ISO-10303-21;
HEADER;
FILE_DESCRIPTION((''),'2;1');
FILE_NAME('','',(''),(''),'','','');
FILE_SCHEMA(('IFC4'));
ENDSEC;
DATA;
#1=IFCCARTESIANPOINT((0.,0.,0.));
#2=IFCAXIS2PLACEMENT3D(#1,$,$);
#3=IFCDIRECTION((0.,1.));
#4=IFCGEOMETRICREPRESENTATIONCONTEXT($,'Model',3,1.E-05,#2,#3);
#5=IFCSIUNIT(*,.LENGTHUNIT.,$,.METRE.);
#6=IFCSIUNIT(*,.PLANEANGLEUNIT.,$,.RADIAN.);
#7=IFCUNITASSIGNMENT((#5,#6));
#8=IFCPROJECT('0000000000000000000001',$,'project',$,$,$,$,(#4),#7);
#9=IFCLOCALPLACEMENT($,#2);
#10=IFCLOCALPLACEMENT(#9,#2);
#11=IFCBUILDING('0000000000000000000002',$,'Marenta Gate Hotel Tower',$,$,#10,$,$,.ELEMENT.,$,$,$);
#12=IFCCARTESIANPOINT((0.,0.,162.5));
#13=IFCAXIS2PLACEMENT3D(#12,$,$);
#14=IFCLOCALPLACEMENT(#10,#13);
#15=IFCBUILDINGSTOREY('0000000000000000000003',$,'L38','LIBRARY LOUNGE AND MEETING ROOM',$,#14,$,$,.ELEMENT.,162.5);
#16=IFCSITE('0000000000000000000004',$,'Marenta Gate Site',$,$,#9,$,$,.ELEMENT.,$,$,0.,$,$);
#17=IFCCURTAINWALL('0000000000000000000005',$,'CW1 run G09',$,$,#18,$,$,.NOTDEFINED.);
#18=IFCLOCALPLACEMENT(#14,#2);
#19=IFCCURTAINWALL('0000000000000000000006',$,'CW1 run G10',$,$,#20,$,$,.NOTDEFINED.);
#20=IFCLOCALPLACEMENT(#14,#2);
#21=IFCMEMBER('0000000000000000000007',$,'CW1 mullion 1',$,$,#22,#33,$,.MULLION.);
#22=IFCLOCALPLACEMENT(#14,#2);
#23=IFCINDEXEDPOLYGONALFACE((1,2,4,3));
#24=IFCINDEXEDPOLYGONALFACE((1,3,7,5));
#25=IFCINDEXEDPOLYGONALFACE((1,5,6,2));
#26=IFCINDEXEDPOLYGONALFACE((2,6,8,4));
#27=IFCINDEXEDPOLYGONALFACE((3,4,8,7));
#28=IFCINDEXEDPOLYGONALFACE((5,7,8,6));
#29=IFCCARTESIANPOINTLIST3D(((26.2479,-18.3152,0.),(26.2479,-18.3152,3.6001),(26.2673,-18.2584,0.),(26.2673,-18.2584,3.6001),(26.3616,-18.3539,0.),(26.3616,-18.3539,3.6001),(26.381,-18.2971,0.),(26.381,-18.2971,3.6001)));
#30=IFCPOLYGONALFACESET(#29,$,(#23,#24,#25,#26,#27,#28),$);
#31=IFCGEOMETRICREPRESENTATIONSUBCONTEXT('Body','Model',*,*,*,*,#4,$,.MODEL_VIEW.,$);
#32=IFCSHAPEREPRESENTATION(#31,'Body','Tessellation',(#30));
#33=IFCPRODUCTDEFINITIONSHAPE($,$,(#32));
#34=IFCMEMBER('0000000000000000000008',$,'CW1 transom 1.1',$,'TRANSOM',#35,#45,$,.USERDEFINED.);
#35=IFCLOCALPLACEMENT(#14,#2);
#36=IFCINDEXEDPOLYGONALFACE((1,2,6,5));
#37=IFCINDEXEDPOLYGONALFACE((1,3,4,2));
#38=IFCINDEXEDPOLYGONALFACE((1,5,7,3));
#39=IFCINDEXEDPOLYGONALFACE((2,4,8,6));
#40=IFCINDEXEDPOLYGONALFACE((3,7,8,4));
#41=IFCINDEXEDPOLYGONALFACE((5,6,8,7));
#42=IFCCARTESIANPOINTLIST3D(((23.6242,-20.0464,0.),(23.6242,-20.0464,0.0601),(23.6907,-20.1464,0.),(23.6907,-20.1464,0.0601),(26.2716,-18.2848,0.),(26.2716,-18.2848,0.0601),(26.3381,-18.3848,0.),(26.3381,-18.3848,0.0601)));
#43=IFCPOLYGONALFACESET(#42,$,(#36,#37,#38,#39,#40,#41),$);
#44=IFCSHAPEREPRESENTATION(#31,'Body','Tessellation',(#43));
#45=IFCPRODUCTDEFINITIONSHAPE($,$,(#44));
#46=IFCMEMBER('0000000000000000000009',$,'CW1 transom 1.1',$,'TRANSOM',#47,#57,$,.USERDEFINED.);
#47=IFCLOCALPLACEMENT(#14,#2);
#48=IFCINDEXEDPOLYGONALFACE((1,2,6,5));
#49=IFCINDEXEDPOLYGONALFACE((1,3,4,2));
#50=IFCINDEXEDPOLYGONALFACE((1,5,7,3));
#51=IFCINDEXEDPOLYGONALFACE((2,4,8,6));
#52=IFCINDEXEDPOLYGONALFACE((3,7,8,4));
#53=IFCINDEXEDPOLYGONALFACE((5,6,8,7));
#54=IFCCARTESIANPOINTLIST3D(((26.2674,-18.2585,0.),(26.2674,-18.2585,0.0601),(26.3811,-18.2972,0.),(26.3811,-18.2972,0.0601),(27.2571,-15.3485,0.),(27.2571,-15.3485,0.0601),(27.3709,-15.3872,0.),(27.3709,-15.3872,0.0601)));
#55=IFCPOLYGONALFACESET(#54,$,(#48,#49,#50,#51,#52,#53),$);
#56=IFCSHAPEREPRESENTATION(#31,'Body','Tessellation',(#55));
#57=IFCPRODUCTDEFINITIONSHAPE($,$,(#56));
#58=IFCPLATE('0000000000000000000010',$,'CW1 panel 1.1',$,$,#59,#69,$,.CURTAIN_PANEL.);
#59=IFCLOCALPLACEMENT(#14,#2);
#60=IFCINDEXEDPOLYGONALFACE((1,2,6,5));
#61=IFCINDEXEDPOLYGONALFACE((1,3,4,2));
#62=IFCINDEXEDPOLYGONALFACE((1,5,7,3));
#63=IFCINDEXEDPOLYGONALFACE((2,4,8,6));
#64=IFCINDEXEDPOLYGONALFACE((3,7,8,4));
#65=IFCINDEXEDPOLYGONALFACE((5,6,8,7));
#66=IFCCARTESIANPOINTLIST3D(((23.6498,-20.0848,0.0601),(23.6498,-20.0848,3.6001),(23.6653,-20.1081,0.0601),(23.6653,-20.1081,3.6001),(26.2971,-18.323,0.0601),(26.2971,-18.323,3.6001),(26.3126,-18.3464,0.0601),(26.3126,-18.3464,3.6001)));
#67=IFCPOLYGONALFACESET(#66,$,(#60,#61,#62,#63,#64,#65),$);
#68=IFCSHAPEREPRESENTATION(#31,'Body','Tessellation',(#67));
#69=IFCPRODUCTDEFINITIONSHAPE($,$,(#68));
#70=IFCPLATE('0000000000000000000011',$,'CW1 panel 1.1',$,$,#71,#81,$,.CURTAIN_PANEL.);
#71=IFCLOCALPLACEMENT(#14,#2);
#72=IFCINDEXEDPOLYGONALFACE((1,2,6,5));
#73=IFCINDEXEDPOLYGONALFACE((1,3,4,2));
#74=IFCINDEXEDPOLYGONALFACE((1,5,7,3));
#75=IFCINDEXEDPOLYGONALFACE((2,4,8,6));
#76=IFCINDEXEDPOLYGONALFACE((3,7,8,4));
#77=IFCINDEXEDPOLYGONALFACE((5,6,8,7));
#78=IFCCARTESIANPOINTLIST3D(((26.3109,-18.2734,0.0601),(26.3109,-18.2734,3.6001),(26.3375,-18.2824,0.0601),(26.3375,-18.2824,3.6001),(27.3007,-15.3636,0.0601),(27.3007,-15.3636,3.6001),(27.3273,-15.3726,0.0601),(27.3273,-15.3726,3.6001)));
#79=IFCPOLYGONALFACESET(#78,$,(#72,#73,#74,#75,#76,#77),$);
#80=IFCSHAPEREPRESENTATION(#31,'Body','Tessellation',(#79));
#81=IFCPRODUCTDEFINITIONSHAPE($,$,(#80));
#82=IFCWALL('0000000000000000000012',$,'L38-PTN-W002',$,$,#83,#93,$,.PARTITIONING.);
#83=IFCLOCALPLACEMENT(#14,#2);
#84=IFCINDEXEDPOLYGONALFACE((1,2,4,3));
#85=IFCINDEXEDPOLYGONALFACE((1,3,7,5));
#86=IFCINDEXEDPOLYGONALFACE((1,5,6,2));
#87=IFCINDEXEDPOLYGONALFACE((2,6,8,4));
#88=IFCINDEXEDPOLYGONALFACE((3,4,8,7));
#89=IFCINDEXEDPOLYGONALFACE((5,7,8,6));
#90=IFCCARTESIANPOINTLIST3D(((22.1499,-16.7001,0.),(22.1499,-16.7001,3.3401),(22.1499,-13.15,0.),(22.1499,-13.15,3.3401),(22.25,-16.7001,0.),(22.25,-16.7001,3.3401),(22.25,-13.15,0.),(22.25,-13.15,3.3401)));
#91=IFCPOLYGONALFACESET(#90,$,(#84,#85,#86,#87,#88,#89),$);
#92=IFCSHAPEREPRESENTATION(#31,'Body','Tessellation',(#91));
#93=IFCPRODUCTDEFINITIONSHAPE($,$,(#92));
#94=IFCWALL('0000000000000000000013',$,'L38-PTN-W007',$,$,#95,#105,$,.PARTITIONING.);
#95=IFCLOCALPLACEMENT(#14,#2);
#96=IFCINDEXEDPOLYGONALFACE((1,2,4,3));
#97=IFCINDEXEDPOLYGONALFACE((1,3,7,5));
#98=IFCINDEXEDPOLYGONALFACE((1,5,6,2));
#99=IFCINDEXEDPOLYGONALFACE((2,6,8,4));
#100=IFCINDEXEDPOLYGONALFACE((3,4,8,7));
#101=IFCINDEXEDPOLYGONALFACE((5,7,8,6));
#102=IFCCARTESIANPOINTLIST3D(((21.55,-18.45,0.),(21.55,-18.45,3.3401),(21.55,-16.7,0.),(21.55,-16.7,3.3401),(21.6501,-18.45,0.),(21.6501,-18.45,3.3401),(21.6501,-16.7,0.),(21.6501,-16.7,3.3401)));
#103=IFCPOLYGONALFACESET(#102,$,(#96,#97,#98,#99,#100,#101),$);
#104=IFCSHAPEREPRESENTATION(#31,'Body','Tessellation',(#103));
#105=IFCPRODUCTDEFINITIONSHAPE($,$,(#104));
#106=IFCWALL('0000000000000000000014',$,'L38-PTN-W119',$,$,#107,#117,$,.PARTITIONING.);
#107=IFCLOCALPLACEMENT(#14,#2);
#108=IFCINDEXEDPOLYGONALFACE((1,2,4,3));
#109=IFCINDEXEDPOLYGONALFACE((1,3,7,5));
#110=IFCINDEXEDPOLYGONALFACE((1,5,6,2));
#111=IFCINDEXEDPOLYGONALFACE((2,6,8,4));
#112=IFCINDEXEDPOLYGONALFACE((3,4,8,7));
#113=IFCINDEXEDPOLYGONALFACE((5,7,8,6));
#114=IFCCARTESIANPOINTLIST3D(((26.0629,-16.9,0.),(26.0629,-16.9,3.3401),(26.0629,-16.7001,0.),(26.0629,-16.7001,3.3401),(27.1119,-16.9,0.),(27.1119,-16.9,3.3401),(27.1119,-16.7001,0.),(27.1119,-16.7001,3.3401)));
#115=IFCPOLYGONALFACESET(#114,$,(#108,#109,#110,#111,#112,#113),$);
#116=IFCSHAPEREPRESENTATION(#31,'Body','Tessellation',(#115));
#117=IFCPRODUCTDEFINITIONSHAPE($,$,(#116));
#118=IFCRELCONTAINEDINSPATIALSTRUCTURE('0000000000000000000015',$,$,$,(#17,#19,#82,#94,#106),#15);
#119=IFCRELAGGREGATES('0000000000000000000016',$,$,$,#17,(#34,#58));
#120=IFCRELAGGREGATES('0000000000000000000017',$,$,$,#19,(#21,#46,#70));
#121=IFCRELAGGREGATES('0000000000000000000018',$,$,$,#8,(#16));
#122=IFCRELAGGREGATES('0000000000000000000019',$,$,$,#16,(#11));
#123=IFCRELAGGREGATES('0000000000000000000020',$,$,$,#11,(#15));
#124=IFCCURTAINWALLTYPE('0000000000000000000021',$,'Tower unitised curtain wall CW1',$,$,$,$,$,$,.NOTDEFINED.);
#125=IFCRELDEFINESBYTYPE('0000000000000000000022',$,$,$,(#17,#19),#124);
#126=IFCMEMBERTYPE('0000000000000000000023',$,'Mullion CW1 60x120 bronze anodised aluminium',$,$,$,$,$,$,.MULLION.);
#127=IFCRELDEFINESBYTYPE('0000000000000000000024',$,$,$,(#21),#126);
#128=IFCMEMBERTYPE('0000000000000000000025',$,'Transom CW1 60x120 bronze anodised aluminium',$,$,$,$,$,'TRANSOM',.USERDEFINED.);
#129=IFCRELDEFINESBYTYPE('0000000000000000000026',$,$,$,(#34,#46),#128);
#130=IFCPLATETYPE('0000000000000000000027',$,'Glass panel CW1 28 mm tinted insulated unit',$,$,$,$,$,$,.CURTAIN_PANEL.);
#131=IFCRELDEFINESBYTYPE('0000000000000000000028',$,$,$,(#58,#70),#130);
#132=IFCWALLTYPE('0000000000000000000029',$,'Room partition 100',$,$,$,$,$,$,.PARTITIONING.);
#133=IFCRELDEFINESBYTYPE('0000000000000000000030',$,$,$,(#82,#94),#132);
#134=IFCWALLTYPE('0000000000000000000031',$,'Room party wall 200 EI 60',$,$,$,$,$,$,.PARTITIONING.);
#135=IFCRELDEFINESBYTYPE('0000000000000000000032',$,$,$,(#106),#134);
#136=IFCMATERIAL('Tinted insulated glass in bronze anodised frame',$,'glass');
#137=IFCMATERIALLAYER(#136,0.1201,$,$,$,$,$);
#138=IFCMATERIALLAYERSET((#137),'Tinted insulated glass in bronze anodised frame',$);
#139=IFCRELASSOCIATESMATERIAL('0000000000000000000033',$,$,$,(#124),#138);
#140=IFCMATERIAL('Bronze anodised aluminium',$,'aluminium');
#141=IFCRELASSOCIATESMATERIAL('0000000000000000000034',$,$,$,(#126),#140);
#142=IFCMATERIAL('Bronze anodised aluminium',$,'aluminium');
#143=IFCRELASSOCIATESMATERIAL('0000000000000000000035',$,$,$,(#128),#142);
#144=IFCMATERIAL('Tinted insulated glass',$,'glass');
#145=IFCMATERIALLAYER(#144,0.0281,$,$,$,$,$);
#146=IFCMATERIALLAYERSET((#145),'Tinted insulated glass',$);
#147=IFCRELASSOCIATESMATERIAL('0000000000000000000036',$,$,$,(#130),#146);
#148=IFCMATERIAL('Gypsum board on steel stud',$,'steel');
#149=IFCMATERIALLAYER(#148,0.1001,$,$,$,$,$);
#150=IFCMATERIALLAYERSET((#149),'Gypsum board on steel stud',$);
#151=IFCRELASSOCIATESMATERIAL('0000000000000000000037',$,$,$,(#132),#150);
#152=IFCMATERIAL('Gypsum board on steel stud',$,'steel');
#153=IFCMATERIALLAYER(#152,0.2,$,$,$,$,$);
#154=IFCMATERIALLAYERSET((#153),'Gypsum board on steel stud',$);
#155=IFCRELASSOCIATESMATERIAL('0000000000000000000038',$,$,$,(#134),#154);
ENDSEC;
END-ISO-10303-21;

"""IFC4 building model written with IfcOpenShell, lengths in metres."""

from ifc_helpers import new_model, si_unit, direction, frame, frame_2d, origin, origin_2d, place, context, subcontext, project, spatial, rectangle, extrude, material, layer, layer_set, material_profile, profile_set, type_object, element, aggregate, save


model = new_model("IFC4")

# Units and contexts
model_context = context("Model", 3, precision=1e-05, world=origin(), true_north=direction((0.0, 1.0)))
body_context = subcontext(model_context, "Body", "Model", "MODEL_VIEW")
ifc_project = project(units=[si_unit("LENGTHUNIT", "METRE"), si_unit("PLANEANGLEUNIT", "RADIAN")], contexts=[model_context])

# Site, building, storey
site_placement = place(None, origin())
site = spatial("IfcSite", under=ifc_project, at=site_placement, Name="Marenta Gate Site", CompositionType="ELEMENT", RefElevation=0.0)
building_placement = place(site_placement, origin())
building = spatial("IfcBuilding", under=site, at=building_placement, Name="Marenta Gate Hotel Tower", CompositionType="ELEMENT")
storey_placement = place(building_placement, frame((0.0, 0.0, 162.5)))
storey = spatial("IfcBuildingStorey", under=building, at=storey_placement, Name="L38", Description="LIBRARY LOUNGE AND MEETING ROOM", CompositionType="ELEMENT", Elevation=162.5)

# Curtain walls, member
ifc_material_1 = material(Name="Tinted insulated glass in bronze anodised frame", Category="glass")
ifc_layer_1 = layer(ifc_material_1, 0.1201)
ifc_layer_set_1 = layer_set([ifc_layer_1], Name="Tinted insulated glass in bronze anodised frame")
curtain_wall_type = type_object("IfcCurtainWallType", Name="Tower unitised curtain wall CW1", PredefinedType="NOTDEFINED", material=ifc_layer_set_1)
curtain_wall_1_placement = place(storey_placement, origin())
curtain_wall_1 = element("IfcCurtainWall", 1, at=curtain_wall_1_placement, inside=storey, type_object=curtain_wall_type, Name="CW1 run G09", PredefinedType="NOTDEFINED")
ifc_material_2 = material(Name="Bronze anodised aluminium", Category="aluminium")
ifc_material_profile_1 = material_profile(ifc_material_2, rectangle(XDim=0.1201, YDim=0.0601, at=origin_2d()), Name="Mullion CW1 60x120 bronze anodised aluminium")
ifc_profile_set_1 = profile_set([ifc_material_profile_1], Name="Bronze anodised aluminium")
member_type_1 = type_object("IfcMemberType", Name="Mullion CW1 60x120 bronze anodised aluminium", PredefinedType="MULLION", material=ifc_profile_set_1)
curtain_wall_2_placement = place(storey_placement, origin())
curtain_wall_2 = element("IfcCurtainWall", 2, at=curtain_wall_2_placement, inside=storey, type_object=curtain_wall_type, Name="CW1 run G10", PredefinedType="NOTDEFINED")
member_1_placement = place(storey_placement, frame((26.3145, -18.3062, 0.0), z_axis=(0.0, 0.0, 1.0), x_axis=(-0.946728, 0.322033, 0.0)))
member_1 = element("IfcMember", 3, at=member_1_placement, type_object=member_type_1, Name="CW1 mullion 1", PredefinedType="MULLION", context=body_context, shape_type="SweptSolid", body=[
    extrude(rectangle(XDim=0.1201, YDim=0.0601, at=origin_2d()), origin(), (0.0, 0.0, 1.0), 3.6001),
])

# Members
ifc_material_3 = material(Name="Bronze anodised aluminium", Category="aluminium")
ifc_material_profile_2 = material_profile(ifc_material_3, rectangle(XDim=0.1201, YDim=0.0601, at=origin_2d()), Name="Transom CW1 60x120 bronze anodised aluminium")
ifc_profile_set_2 = profile_set([ifc_material_profile_2], Name="Bronze anodised aluminium")
member_type_2 = type_object("IfcMemberType", Name="Transom CW1 60x120 bronze anodised aluminium", ElementType="TRANSOM", PredefinedType="USERDEFINED", material=ifc_profile_set_2)
member_2_placement = place(storey_placement, frame((23.6575, -20.0964, 0.03), z_axis=(0.832522, 0.553991, 0.0), x_axis=(-0.553991, 0.832522, 0.0)))
member_2 = element("IfcMember", 4, at=member_2_placement, type_object=member_type_2, Name="CW1 transom 1.1", ObjectType="TRANSOM", PredefinedType="USERDEFINED", context=body_context, shape_type="SweptSolid", body=[
    extrude(rectangle(XDim=0.1201, YDim=0.0601, at=origin_2d()), origin(), (0.0, 0.0, 1.0), 3.1799),
])
member_3_placement = place(storey_placement, frame((26.3242, -18.2778, 0.03), z_axis=(0.322012, 0.946735, 0.0), x_axis=(-0.946735, 0.322012, 0.0)))
member_3 = element("IfcMember", 5, at=member_3_placement, type_object=member_type_2, Name="CW1 transom 1.1", ObjectType="TRANSOM", PredefinedType="USERDEFINED", context=body_context, shape_type="SweptSolid", body=[
    extrude(rectangle(XDim=0.1201, YDim=0.0601, at=origin_2d()), origin(), (0.0, 0.0, 1.0), 3.0737),
])

# Plates
ifc_material_4 = material(Name="Tinted insulated glass", Category="glass")
ifc_layer_2 = layer(ifc_material_4, 0.0281)
ifc_layer_set_2 = layer_set([ifc_layer_2], Name="Tinted insulated glass")
plate_type = type_object("IfcPlateType", Name="Glass panel CW1 28 mm tinted insulated unit", PredefinedType="CURTAIN_PANEL", material=ifc_layer_set_2)
plate_1_placement = place(storey_placement, frame((24.9812, -19.2156, 0.0601), z_axis=(0.0, 0.0, 1.0), x_axis=(0.832506, 0.554016, 0.0)))
plate_1 = element("IfcPlate", 6, at=plate_1_placement, type_object=plate_type, Name="CW1 panel 1.1", PredefinedType="CURTAIN_PANEL", context=body_context, shape_type="SweptSolid", body=[
    extrude(rectangle(XDim=3.1799, YDim=0.0281, at=origin_2d()), origin(), (0.0, 0.0, 1.0), 3.54),
])
aggregate(curtain_wall_1, [member_2, plate_1])
plate_2_placement = place(storey_placement, frame((26.8191, -16.823, 0.0601), z_axis=(0.0, 0.0, 1.0), x_axis=(0.322033, 0.946728, 0.0)))
plate_2 = element("IfcPlate", 7, at=plate_2_placement, type_object=plate_type, Name="CW1 panel 1.1", PredefinedType="CURTAIN_PANEL", context=body_context, shape_type="SweptSolid", body=[
    extrude(rectangle(XDim=3.0735, YDim=0.0281, at=origin_2d()), origin(), (0.0, 0.0, 1.0), 3.54),
])
aggregate(curtain_wall_2, [member_1, member_3, plate_2])

# Walls
ifc_material_5 = material(Name="Gypsum board on steel stud", Category="steel")
ifc_layer_3 = layer(ifc_material_5, 0.1001)
ifc_layer_set_3 = layer_set([ifc_layer_3], Name="Gypsum board on steel stud")
wall_type_1 = type_object("IfcWallType", Name="Room partition 100", PredefinedType="PARTITIONING", material=ifc_layer_set_3)
wall_1_placement = place(storey_placement, frame((22.2, -16.7, 0.0), z_axis=(0.0, 0.0, 1.0), x_axis=(0.0, 1.0, 0.0)))
element("IfcWall", 8, at=wall_1_placement, inside=storey, type_object=wall_type_1, Name="L38-PTN-W002", PredefinedType="PARTITIONING", context=body_context, shape_type="SweptSolid", body=[
    extrude(rectangle(XDim=3.55, YDim=0.1001, at=frame_2d((1.7749, 0.0))), origin(), (0.0, 0.0, 1.0), 3.3401),
])
wall_2_placement = place(storey_placement, frame((21.6001, -18.45, 0.0), z_axis=(0.0, 0.0, 1.0), x_axis=(0.0, 1.0, 0.0)))
element("IfcWall", 9, at=wall_2_placement, inside=storey, type_object=wall_type_1, Name="L38-PTN-W007", PredefinedType="PARTITIONING", context=body_context, shape_type="SweptSolid", body=[
    extrude(rectangle(XDim=1.75, YDim=0.1001, at=frame_2d((0.875, 0.0))), origin(), (0.0, 0.0, 1.0), 3.3401),
])
ifc_material_6 = material(Name="Gypsum board on steel stud", Category="steel")
ifc_layer_4 = layer(ifc_material_6, 0.2)
ifc_layer_set_4 = layer_set([ifc_layer_4], Name="Gypsum board on steel stud")
wall_type_2 = type_object("IfcWallType", Name="Room party wall 200 EI 60", PredefinedType="PARTITIONING", material=ifc_layer_set_4)
wall_3_placement = place(storey_placement, frame((26.063, -16.8, 0.0), z_axis=(0.0, 0.0, 1.0), x_axis=(1.0, 0.0, 0.0)))
element("IfcWall", 10, at=wall_3_placement, inside=storey, type_object=wall_type_2, Name="L38-PTN-W119", PredefinedType="PARTITIONING", context=body_context, shape_type="SweptSolid", body=[
    extrude(rectangle(XDim=1.0491, YDim=0.2, at=frame_2d((0.5244, 0.0))), origin(), (0.0, 0.0, 1.0), 3.3401),
])

save(model, "model.ifc")
